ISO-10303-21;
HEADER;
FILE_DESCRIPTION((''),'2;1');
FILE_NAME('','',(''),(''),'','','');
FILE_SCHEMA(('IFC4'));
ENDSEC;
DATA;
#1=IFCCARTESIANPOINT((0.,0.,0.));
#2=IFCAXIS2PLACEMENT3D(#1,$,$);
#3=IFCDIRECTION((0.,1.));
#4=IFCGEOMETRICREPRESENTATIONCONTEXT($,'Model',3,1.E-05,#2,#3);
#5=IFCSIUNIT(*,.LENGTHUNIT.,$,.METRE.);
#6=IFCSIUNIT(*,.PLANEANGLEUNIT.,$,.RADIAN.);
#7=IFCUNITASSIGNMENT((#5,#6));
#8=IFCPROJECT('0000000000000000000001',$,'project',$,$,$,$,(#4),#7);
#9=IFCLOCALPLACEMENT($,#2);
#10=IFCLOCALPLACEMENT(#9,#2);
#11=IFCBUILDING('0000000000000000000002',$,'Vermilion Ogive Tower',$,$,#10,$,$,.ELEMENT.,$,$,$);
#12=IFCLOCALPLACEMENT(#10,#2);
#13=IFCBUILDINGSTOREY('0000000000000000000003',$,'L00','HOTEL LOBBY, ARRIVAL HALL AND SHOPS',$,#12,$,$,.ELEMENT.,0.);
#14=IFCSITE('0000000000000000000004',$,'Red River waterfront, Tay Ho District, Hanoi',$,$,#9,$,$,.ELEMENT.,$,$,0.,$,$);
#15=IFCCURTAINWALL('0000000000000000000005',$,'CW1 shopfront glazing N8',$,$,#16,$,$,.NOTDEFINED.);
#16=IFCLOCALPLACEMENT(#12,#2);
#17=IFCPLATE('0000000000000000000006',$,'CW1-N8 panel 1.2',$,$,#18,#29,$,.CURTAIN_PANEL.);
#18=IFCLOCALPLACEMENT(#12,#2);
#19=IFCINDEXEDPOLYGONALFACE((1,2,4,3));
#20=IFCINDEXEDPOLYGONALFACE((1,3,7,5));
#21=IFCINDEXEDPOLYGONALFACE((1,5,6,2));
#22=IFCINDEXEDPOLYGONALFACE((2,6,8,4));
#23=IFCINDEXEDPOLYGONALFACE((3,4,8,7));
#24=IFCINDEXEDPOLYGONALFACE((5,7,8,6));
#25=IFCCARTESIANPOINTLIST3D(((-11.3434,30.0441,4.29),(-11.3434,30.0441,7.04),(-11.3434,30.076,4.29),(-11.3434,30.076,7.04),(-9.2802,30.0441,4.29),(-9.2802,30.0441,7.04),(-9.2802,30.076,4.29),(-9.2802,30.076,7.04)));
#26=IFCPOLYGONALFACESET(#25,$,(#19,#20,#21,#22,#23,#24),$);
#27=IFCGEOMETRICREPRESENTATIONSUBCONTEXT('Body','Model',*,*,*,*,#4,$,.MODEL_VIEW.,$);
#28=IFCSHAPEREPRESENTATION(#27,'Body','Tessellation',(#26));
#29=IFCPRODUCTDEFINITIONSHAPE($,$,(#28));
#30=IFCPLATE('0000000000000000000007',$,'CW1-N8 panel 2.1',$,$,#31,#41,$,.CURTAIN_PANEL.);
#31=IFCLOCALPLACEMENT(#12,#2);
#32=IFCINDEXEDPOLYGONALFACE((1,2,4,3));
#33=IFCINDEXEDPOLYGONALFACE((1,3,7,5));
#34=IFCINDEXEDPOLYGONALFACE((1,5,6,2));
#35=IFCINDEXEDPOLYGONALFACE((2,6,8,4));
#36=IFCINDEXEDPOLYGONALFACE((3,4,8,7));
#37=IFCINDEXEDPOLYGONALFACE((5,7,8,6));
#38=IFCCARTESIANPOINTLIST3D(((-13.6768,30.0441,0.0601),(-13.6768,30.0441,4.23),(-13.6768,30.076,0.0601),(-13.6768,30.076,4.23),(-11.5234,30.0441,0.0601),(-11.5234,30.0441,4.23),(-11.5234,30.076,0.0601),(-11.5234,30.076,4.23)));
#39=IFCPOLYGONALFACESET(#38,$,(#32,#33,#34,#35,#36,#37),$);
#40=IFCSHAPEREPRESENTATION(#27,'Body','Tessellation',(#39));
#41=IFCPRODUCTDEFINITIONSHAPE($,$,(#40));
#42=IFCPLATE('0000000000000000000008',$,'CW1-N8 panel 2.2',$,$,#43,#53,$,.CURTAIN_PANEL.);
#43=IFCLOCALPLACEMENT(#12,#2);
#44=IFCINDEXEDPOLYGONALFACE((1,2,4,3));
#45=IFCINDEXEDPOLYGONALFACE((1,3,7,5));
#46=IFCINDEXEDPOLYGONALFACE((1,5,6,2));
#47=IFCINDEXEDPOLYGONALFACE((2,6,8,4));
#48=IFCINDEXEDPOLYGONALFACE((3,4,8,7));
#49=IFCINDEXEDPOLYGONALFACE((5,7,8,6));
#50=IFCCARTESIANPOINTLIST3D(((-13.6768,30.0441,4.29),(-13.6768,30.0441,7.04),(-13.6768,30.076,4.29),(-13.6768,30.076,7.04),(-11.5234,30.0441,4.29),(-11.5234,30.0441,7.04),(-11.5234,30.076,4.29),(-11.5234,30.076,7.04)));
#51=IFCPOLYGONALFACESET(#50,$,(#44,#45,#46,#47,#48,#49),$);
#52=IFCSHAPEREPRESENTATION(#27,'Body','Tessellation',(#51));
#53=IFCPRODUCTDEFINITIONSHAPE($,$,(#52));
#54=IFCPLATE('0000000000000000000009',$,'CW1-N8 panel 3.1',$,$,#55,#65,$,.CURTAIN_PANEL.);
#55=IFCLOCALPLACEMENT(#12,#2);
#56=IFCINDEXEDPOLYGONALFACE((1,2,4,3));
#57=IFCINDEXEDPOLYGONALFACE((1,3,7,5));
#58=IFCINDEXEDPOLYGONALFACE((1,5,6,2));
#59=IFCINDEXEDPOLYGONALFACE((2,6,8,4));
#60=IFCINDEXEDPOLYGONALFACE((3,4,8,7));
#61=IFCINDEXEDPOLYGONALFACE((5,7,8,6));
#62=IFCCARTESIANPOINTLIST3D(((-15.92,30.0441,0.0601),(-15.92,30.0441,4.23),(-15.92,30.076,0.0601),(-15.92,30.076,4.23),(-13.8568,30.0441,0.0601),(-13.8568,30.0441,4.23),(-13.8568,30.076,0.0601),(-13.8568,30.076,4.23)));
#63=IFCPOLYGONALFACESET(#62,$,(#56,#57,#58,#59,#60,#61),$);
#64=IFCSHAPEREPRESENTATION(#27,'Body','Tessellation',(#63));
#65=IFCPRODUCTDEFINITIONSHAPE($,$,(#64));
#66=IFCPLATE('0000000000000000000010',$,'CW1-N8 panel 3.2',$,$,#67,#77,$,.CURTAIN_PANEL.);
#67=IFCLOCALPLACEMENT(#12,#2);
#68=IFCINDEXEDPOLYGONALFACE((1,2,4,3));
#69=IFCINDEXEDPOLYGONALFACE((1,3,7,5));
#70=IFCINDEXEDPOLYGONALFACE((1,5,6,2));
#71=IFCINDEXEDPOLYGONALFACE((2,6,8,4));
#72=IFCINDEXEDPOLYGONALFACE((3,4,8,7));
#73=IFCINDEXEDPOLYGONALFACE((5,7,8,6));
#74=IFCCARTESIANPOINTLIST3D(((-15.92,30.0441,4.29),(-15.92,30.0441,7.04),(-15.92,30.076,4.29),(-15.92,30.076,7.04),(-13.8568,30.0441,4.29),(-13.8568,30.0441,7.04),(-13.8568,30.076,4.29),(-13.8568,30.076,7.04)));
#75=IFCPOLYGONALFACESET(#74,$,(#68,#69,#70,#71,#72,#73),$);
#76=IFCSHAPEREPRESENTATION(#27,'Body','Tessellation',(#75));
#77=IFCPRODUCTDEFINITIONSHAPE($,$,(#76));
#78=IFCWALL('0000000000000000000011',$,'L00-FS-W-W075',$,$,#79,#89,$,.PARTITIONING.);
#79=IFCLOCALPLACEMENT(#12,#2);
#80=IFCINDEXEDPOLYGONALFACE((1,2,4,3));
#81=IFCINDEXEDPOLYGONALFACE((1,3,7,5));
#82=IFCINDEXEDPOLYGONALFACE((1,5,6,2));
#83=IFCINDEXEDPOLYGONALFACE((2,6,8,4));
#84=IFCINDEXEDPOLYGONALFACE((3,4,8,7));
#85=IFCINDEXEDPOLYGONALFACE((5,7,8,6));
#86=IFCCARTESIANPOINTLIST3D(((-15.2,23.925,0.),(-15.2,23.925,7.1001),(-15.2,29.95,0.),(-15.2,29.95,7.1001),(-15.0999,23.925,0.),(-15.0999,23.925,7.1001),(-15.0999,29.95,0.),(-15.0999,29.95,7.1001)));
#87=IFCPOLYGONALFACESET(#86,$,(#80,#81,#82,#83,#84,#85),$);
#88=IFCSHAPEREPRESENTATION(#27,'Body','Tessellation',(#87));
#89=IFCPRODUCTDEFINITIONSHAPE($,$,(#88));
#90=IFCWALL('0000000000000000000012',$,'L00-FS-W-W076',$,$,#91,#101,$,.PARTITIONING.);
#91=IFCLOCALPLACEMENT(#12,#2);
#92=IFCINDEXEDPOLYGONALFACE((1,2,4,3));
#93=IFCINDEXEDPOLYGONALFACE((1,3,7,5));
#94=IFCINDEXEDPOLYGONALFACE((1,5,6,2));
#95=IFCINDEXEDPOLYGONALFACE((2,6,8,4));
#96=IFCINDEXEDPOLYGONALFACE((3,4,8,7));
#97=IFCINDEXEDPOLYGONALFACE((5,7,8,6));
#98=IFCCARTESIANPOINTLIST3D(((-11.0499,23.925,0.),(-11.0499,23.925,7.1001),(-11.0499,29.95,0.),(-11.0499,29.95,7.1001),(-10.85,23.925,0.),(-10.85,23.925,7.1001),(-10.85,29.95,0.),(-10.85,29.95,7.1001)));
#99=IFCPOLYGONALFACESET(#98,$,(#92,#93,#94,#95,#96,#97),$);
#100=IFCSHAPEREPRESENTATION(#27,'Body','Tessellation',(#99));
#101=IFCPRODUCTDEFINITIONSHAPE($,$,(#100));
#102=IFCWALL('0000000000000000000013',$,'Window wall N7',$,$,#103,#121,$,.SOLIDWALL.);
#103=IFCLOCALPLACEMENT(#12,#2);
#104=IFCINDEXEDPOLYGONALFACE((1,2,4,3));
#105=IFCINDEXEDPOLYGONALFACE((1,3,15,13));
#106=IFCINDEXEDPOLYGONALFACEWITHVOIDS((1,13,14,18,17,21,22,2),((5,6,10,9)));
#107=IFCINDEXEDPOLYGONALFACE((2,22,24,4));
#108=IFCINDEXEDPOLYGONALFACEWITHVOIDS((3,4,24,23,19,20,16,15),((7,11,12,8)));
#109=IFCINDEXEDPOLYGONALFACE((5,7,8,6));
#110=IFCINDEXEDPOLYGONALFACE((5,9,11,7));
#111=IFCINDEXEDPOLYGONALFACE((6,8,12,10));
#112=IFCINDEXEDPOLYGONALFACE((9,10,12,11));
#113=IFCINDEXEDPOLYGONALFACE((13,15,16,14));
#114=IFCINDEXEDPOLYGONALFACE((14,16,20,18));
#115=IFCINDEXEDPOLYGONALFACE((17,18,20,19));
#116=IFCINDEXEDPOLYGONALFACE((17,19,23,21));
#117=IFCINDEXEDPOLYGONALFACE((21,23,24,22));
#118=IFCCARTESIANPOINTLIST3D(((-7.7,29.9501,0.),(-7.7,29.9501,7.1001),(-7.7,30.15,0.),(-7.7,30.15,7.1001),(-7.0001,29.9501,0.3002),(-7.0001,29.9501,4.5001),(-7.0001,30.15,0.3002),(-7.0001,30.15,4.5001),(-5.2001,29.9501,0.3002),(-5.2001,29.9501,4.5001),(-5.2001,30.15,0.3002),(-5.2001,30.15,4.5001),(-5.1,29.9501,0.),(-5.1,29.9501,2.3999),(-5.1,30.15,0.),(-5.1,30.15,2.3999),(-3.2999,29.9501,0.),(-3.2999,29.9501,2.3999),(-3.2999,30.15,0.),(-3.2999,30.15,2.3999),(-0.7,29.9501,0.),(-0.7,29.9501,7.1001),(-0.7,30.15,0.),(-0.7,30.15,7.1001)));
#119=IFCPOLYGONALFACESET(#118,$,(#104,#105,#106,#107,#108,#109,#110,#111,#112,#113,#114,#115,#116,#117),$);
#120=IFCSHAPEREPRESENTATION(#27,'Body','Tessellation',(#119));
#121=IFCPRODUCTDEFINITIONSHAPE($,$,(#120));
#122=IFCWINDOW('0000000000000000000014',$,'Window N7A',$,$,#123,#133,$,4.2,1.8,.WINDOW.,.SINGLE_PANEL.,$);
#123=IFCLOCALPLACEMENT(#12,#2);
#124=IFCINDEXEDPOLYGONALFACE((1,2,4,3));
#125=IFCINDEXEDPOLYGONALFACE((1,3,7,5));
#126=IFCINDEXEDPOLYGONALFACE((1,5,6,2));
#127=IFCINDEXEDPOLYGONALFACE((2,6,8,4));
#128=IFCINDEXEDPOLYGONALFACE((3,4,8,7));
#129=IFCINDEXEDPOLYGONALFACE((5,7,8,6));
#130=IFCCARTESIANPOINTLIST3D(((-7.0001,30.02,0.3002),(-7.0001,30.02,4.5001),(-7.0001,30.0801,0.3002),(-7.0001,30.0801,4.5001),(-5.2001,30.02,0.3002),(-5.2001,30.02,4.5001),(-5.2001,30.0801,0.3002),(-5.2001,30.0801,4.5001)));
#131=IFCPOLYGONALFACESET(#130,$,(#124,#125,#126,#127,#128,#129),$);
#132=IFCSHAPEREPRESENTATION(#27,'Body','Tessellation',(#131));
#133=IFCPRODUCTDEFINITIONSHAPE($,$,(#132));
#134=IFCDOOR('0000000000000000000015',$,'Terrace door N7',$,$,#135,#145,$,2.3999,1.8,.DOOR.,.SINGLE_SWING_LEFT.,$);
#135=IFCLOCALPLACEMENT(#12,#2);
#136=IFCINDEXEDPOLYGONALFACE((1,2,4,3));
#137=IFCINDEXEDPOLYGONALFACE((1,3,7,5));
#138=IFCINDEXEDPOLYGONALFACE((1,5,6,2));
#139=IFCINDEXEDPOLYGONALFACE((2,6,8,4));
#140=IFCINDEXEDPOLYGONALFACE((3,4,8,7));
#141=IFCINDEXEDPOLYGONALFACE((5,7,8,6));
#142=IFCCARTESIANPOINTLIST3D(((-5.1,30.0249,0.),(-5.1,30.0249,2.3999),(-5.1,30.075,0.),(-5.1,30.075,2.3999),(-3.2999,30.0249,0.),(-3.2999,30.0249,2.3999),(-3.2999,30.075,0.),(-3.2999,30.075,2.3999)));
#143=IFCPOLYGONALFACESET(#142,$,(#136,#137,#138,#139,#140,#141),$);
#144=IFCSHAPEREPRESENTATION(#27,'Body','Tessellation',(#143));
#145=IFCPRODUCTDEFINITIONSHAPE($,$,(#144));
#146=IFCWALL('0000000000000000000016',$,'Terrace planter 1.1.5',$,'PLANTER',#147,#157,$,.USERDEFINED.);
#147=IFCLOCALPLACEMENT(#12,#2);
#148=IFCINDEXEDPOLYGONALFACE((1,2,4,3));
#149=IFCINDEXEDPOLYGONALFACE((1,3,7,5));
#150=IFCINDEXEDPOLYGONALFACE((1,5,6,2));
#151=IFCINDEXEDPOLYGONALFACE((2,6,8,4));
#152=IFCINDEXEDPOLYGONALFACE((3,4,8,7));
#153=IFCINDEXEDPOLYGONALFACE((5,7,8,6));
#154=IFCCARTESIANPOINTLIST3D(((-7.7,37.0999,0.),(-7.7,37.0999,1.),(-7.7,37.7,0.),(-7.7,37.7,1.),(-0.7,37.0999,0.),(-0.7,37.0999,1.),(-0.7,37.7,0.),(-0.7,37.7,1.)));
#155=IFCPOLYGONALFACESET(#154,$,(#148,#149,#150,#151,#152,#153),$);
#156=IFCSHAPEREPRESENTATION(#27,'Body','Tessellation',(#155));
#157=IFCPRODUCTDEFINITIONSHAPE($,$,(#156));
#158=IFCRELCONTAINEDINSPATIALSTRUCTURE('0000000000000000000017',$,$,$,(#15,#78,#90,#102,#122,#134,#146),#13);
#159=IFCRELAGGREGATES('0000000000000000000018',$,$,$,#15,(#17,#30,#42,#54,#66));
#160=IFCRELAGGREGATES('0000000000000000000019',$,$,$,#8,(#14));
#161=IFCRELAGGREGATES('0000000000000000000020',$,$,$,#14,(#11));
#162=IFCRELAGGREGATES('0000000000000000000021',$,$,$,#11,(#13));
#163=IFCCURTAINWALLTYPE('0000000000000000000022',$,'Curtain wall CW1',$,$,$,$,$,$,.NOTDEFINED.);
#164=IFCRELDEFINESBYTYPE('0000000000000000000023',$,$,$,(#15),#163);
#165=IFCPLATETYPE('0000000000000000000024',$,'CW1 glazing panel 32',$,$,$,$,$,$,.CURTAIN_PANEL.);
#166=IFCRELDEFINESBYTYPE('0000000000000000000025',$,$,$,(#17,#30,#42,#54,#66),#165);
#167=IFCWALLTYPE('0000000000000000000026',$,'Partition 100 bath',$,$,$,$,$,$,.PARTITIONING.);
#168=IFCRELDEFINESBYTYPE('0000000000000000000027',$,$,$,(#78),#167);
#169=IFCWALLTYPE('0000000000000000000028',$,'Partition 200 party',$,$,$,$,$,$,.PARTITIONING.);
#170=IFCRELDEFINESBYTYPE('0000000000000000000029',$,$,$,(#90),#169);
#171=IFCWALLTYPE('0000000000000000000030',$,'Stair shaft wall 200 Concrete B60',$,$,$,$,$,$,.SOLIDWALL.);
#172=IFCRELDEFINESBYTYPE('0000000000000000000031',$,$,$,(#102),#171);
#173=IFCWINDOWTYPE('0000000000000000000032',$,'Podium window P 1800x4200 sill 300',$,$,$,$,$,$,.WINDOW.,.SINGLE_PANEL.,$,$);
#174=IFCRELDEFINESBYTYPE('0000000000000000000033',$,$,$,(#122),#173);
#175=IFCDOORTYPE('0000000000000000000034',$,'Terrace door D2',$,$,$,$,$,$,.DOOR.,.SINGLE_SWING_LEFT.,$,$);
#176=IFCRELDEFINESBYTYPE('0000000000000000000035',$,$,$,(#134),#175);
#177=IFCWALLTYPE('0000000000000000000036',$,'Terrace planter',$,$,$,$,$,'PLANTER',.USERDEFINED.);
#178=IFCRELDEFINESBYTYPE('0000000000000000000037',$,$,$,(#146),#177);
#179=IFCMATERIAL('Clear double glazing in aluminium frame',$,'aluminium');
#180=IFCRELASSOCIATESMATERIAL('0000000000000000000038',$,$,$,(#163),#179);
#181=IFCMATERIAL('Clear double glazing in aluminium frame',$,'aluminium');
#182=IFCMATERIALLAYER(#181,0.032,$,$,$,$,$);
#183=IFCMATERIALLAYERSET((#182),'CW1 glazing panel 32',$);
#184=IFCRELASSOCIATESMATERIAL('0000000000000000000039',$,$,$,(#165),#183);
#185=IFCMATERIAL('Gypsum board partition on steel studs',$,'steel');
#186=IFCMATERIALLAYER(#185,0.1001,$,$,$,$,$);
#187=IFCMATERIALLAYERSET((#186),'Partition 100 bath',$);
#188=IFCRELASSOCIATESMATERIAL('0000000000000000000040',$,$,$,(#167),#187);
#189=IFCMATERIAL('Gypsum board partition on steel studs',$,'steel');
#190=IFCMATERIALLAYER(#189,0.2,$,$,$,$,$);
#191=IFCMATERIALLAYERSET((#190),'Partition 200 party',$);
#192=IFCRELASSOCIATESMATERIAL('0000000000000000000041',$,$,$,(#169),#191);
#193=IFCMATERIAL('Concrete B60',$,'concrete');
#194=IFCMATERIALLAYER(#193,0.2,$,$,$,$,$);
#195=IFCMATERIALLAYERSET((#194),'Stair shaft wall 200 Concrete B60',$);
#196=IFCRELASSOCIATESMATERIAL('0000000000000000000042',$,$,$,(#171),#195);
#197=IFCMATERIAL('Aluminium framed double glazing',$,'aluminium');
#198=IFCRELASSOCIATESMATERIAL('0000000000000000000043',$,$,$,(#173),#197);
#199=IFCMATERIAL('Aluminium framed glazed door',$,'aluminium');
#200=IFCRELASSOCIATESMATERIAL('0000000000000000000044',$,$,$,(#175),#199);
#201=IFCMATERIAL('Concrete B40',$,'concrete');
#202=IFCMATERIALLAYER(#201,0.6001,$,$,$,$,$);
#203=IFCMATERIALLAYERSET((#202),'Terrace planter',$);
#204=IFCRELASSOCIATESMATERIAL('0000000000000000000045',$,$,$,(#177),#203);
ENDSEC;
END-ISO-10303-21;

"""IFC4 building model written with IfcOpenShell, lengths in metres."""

from ifc_helpers import new_model, si_unit, direction, frame, frame_2d, origin, origin_2d, place, context, subcontext, project, spatial, rectangle, extrude, material, layer, layer_set, type_object, element, fill, aggregate, save


model = new_model("IFC4")

# Units and contexts
model_context = context("Model", 3, precision=1e-05, world=origin(), true_north=direction((0.0, 1.0)))
body_context = subcontext(model_context, "Body", "Model", "MODEL_VIEW")
ifc_project = project(units=[si_unit("LENGTHUNIT", "METRE"), si_unit("PLANEANGLEUNIT", "RADIAN")], contexts=[model_context])

# Site, building, storey
site_placement = place(None, origin())
site = spatial("IfcSite", under=ifc_project, at=site_placement, Name="Red River waterfront, Tay Ho District, Hanoi", CompositionType="ELEMENT", RefElevation=0.0)
building_placement = place(site_placement, origin())
building = spatial("IfcBuilding", under=site, at=building_placement, Name="Vermilion Ogive Tower", CompositionType="ELEMENT")
storey_placement = place(building_placement, origin())
storey = spatial("IfcBuildingStorey", under=building, at=storey_placement, Name="L00", Description="HOTEL LOBBY, ARRIVAL HALL AND SHOPS", CompositionType="ELEMENT", Elevation=0.0)

# Curtain wall, plates
ifc_material_1 = material(Name="Clear double glazing in aluminium frame", Category="aluminium")
curtain_wall_type = type_object("IfcCurtainWallType", Name="Curtain wall CW1", PredefinedType="NOTDEFINED", material=ifc_material_1)
curtain_wall_placement = place(storey_placement, origin())
curtain_wall = element("IfcCurtainWall", 1, at=curtain_wall_placement, inside=storey, type_object=curtain_wall_type, Name="CW1 shopfront glazing N8", PredefinedType="NOTDEFINED")
ifc_material_2 = material(Name="Clear double glazing in aluminium frame", Category="aluminium")
ifc_layer_1 = layer(ifc_material_2, 0.032)
ifc_layer_set_1 = layer_set([ifc_layer_1], Name="CW1 glazing panel 32")
plate_type = type_object("IfcPlateType", Name="CW1 glazing panel 32", PredefinedType="CURTAIN_PANEL", material=ifc_layer_set_1)
plate_1_placement = place(storey_placement, frame((-10.3118, 30.0601, 4.29), z_axis=(0.0, 0.0, 1.0), x_axis=(-1.0, 0.0, 0.0)))
plate_1 = element("IfcPlate", 2, at=plate_1_placement, type_object=plate_type, Name="CW1-N8 panel 1.2", PredefinedType="CURTAIN_PANEL", context=body_context, shape_type="SweptSolid", body=[
    extrude(rectangle(XDim=2.0632, YDim=0.032, at=origin_2d()), origin(), (0.0, 0.0, 1.0), 2.75),
])
plate_2_placement = place(storey_placement, frame((-12.6001, 30.0601, 0.0601), z_axis=(0.0, 0.0, 1.0), x_axis=(-1.0, 0.0, 0.0)))
plate_2 = element("IfcPlate", 3, at=plate_2_placement, type_object=plate_type, Name="CW1-N8 panel 2.1", PredefinedType="CURTAIN_PANEL", context=body_context, shape_type="SweptSolid", body=[
    extrude(rectangle(XDim=2.1533, YDim=0.032, at=origin_2d()), origin(), (0.0, 0.0, 1.0), 4.1699),
])
plate_3_placement = place(storey_placement, frame((-12.6001, 30.0601, 4.29), z_axis=(0.0, 0.0, 1.0), x_axis=(-1.0, 0.0, 0.0)))
plate_3 = element("IfcPlate", 4, at=plate_3_placement, type_object=plate_type, Name="CW1-N8 panel 2.2", PredefinedType="CURTAIN_PANEL", context=body_context, shape_type="SweptSolid", body=[
    extrude(rectangle(XDim=2.1533, YDim=0.032, at=origin_2d()), origin(), (0.0, 0.0, 1.0), 2.75),
])
plate_4_placement = place(storey_placement, frame((-14.8884, 30.0601, 0.0601), z_axis=(0.0, 0.0, 1.0), x_axis=(-1.0, 0.0, 0.0)))
plate_4 = element("IfcPlate", 5, at=plate_4_placement, type_object=plate_type, Name="CW1-N8 panel 3.1", PredefinedType="CURTAIN_PANEL", context=body_context, shape_type="SweptSolid", body=[
    extrude(rectangle(XDim=2.0632, YDim=0.032, at=origin_2d()), origin(), (0.0, 0.0, 1.0), 4.1699),
])
plate_5_placement = place(storey_placement, frame((-14.8884, 30.0601, 4.29), z_axis=(0.0, 0.0, 1.0), x_axis=(-1.0, 0.0, 0.0)))
plate_5 = element("IfcPlate", 6, at=plate_5_placement, type_object=plate_type, Name="CW1-N8 panel 3.2", PredefinedType="CURTAIN_PANEL", context=body_context, shape_type="SweptSolid", body=[
    extrude(rectangle(XDim=2.0632, YDim=0.032, at=origin_2d()), origin(), (0.0, 0.0, 1.0), 2.75),
])
aggregate(curtain_wall, [plate_1, plate_2, plate_3, plate_4, plate_5])

# Walls
ifc_material_3 = material(Name="Gypsum board partition on steel studs", Category="steel")
ifc_layer_2 = layer(ifc_material_3, 0.1001)
ifc_layer_set_2 = layer_set([ifc_layer_2], Name="Partition 100 bath")
wall_type_1 = type_object("IfcWallType", Name="Partition 100 bath", PredefinedType="PARTITIONING", material=ifc_layer_set_2)
wall_1_placement = place(storey_placement, frame((-15.1499, 23.925, 0.0), z_axis=(0.0, 0.0, 1.0), x_axis=(0.0, 1.0, 0.0)))
element("IfcWall", 7, at=wall_1_placement, inside=storey, type_object=wall_type_1, Name="L00-FS-W-W075", PredefinedType="PARTITIONING", context=body_context, shape_type="SweptSolid", body=[
    extrude(rectangle(XDim=6.0249, YDim=0.1001, at=frame_2d((3.0125, 0.0))), origin(), (0.0, 0.0, 1.0), 7.1001),
])
ifc_material_4 = material(Name="Gypsum board partition on steel studs", Category="steel")
ifc_layer_3 = layer(ifc_material_4, 0.2)
ifc_layer_set_3 = layer_set([ifc_layer_3], Name="Partition 200 party")
wall_type_2 = type_object("IfcWallType", Name="Partition 200 party", PredefinedType="PARTITIONING", material=ifc_layer_set_3)
wall_2_placement = place(storey_placement, frame((-10.95, 23.925, 0.0), z_axis=(0.0, 0.0, 1.0), x_axis=(0.0, 1.0, 0.0)))
element("IfcWall", 8, at=wall_2_placement, inside=storey, type_object=wall_type_2, Name="L00-FS-W-W076", PredefinedType="PARTITIONING", context=body_context, shape_type="SweptSolid", body=[
    extrude(rectangle(XDim=6.0249, YDim=0.2, at=frame_2d((3.0125, 0.0))), origin(), (0.0, 0.0, 1.0), 7.1001),
])

# Wall, openings, window, door
ifc_material_5 = material(Name="Concrete B60", Category="concrete")
ifc_layer_4 = layer(ifc_material_5, 0.2)
ifc_layer_set_4 = layer_set([ifc_layer_4], Name="Stair shaft wall 200 Concrete B60")
wall_type_3 = type_object("IfcWallType", Name="Stair shaft wall 200 Concrete B60", PredefinedType="SOLIDWALL", material=ifc_layer_set_4)
wall_3_placement = place(storey_placement, frame((-7.7, 30.05, 0.0), z_axis=(0.0, 0.0, 1.0), x_axis=(1.0, 0.0, 0.0)))
wall_3 = element("IfcWall", 9, at=wall_3_placement, inside=storey, type_object=wall_type_3, Name="Window wall N7", PredefinedType="SOLIDWALL", context=body_context, shape_type="SweptSolid", body=[
    extrude(rectangle(XDim=7.0, YDim=0.2, at=frame_2d((3.5, 0.0))), origin(), (0.0, 0.0, 1.0), 7.1001),
])
opening_1_placement = place(wall_3_placement, frame((0.7, 0.0, 0.3)))
opening_1 = element("IfcOpeningElement", 10, at=opening_1_placement, cuts=wall_3, PredefinedType="OPENING", context=body_context, shape_type="SweptSolid", body=[
    extrude(rectangle(XDim=1.8, YDim=4.2, at=frame_2d((0.8999, 2.1001))), frame((0.0, 0.1099, 0.0), z_axis=(0.0, -1.0, 0.0), x_axis=(1.0, 0.0, 0.0)), (0.0, 0.0, 1.0), 0.22),
])
opening_2_placement = place(wall_3_placement, frame((2.6001, 0.0, 0.0)))
opening_2 = element("IfcOpeningElement", 11, at=opening_2_placement, cuts=wall_3, PredefinedType="OPENING", context=body_context, shape_type="SweptSolid", body=[
    extrude(rectangle(XDim=1.8, YDim=2.3999, at=frame_2d((0.8999, 1.2))), frame((0.0, 0.1099, 0.0), z_axis=(0.0, -1.0, 0.0), x_axis=(1.0, 0.0, 0.0)), (0.0, 0.0, 1.0), 0.22),
])
ifc_material_6 = material(Name="Aluminium framed double glazing", Category="aluminium")
window_type = type_object("IfcWindowType", Name="Podium window P 1800x4200 sill 300", PartitioningType="SINGLE_PANEL", PredefinedType="WINDOW", material=ifc_material_6)
window_placement = place(opening_1_placement, origin())
window = element("IfcWindow", 12, at=window_placement, inside=storey, type_object=window_type, Name="Window N7A", OverallHeight=4.2, OverallWidth=1.8, PartitioningType="SINGLE_PANEL", PredefinedType="WINDOW", context=body_context, shape_type="SweptSolid", body=[
    extrude(rectangle(XDim=1.8, YDim=4.2, at=frame_2d((0.8999, 2.1001))), frame((0.0, 0.03, 0.0), z_axis=(0.0, -1.0, 0.0), x_axis=(1.0, 0.0, 0.0)), (0.0, 0.0, 1.0), 0.0601),
])
fill(opening_1, window)
ifc_material_7 = material(Name="Aluminium framed glazed door", Category="aluminium")
door_type = type_object("IfcDoorType", Name="Terrace door D2", OperationType="SINGLE_SWING_LEFT", PredefinedType="DOOR", material=ifc_material_7)
door_placement = place(opening_2_placement, origin())
door = element("IfcDoor", 13, at=door_placement, inside=storey, type_object=door_type, Name="Terrace door N7", OperationType="SINGLE_SWING_LEFT", OverallHeight=2.3999, OverallWidth=1.8, PredefinedType="DOOR", context=body_context, shape_type="SweptSolid", body=[
    extrude(rectangle(XDim=1.8, YDim=2.3999, at=frame_2d((0.8999, 1.2))), frame((0.0, 0.0249, 0.0), z_axis=(0.0, -1.0, 0.0), x_axis=(1.0, 0.0, 0.0)), (0.0, 0.0, 1.0), 0.05),
])
fill(opening_2, door)

# Wall
ifc_material_8 = material(Name="Concrete B40", Category="concrete")
ifc_layer_5 = layer(ifc_material_8, 0.6001)
ifc_layer_set_5 = layer_set([ifc_layer_5], Name="Terrace planter")
wall_type_4 = type_object("IfcWallType", Name="Terrace planter", ElementType="PLANTER", PredefinedType="USERDEFINED", material=ifc_layer_set_5)
wall_4_placement = place(storey_placement, frame((-7.7, 37.3999, 0.0), z_axis=(0.0, 0.0, 1.0), x_axis=(1.0, 0.0, 0.0)))
element("IfcWall", 14, at=wall_4_placement, inside=storey, type_object=wall_type_4, Name="Terrace planter 1.1.5", ObjectType="PLANTER", PredefinedType="USERDEFINED", context=body_context, shape_type="SweptSolid", body=[
    extrude(rectangle(XDim=7.0, YDim=0.6001, at=frame_2d((3.5, 0.0))), origin(), (0.0, 0.0, 1.0), 1.0),
])

save(model, "model.ifc")
